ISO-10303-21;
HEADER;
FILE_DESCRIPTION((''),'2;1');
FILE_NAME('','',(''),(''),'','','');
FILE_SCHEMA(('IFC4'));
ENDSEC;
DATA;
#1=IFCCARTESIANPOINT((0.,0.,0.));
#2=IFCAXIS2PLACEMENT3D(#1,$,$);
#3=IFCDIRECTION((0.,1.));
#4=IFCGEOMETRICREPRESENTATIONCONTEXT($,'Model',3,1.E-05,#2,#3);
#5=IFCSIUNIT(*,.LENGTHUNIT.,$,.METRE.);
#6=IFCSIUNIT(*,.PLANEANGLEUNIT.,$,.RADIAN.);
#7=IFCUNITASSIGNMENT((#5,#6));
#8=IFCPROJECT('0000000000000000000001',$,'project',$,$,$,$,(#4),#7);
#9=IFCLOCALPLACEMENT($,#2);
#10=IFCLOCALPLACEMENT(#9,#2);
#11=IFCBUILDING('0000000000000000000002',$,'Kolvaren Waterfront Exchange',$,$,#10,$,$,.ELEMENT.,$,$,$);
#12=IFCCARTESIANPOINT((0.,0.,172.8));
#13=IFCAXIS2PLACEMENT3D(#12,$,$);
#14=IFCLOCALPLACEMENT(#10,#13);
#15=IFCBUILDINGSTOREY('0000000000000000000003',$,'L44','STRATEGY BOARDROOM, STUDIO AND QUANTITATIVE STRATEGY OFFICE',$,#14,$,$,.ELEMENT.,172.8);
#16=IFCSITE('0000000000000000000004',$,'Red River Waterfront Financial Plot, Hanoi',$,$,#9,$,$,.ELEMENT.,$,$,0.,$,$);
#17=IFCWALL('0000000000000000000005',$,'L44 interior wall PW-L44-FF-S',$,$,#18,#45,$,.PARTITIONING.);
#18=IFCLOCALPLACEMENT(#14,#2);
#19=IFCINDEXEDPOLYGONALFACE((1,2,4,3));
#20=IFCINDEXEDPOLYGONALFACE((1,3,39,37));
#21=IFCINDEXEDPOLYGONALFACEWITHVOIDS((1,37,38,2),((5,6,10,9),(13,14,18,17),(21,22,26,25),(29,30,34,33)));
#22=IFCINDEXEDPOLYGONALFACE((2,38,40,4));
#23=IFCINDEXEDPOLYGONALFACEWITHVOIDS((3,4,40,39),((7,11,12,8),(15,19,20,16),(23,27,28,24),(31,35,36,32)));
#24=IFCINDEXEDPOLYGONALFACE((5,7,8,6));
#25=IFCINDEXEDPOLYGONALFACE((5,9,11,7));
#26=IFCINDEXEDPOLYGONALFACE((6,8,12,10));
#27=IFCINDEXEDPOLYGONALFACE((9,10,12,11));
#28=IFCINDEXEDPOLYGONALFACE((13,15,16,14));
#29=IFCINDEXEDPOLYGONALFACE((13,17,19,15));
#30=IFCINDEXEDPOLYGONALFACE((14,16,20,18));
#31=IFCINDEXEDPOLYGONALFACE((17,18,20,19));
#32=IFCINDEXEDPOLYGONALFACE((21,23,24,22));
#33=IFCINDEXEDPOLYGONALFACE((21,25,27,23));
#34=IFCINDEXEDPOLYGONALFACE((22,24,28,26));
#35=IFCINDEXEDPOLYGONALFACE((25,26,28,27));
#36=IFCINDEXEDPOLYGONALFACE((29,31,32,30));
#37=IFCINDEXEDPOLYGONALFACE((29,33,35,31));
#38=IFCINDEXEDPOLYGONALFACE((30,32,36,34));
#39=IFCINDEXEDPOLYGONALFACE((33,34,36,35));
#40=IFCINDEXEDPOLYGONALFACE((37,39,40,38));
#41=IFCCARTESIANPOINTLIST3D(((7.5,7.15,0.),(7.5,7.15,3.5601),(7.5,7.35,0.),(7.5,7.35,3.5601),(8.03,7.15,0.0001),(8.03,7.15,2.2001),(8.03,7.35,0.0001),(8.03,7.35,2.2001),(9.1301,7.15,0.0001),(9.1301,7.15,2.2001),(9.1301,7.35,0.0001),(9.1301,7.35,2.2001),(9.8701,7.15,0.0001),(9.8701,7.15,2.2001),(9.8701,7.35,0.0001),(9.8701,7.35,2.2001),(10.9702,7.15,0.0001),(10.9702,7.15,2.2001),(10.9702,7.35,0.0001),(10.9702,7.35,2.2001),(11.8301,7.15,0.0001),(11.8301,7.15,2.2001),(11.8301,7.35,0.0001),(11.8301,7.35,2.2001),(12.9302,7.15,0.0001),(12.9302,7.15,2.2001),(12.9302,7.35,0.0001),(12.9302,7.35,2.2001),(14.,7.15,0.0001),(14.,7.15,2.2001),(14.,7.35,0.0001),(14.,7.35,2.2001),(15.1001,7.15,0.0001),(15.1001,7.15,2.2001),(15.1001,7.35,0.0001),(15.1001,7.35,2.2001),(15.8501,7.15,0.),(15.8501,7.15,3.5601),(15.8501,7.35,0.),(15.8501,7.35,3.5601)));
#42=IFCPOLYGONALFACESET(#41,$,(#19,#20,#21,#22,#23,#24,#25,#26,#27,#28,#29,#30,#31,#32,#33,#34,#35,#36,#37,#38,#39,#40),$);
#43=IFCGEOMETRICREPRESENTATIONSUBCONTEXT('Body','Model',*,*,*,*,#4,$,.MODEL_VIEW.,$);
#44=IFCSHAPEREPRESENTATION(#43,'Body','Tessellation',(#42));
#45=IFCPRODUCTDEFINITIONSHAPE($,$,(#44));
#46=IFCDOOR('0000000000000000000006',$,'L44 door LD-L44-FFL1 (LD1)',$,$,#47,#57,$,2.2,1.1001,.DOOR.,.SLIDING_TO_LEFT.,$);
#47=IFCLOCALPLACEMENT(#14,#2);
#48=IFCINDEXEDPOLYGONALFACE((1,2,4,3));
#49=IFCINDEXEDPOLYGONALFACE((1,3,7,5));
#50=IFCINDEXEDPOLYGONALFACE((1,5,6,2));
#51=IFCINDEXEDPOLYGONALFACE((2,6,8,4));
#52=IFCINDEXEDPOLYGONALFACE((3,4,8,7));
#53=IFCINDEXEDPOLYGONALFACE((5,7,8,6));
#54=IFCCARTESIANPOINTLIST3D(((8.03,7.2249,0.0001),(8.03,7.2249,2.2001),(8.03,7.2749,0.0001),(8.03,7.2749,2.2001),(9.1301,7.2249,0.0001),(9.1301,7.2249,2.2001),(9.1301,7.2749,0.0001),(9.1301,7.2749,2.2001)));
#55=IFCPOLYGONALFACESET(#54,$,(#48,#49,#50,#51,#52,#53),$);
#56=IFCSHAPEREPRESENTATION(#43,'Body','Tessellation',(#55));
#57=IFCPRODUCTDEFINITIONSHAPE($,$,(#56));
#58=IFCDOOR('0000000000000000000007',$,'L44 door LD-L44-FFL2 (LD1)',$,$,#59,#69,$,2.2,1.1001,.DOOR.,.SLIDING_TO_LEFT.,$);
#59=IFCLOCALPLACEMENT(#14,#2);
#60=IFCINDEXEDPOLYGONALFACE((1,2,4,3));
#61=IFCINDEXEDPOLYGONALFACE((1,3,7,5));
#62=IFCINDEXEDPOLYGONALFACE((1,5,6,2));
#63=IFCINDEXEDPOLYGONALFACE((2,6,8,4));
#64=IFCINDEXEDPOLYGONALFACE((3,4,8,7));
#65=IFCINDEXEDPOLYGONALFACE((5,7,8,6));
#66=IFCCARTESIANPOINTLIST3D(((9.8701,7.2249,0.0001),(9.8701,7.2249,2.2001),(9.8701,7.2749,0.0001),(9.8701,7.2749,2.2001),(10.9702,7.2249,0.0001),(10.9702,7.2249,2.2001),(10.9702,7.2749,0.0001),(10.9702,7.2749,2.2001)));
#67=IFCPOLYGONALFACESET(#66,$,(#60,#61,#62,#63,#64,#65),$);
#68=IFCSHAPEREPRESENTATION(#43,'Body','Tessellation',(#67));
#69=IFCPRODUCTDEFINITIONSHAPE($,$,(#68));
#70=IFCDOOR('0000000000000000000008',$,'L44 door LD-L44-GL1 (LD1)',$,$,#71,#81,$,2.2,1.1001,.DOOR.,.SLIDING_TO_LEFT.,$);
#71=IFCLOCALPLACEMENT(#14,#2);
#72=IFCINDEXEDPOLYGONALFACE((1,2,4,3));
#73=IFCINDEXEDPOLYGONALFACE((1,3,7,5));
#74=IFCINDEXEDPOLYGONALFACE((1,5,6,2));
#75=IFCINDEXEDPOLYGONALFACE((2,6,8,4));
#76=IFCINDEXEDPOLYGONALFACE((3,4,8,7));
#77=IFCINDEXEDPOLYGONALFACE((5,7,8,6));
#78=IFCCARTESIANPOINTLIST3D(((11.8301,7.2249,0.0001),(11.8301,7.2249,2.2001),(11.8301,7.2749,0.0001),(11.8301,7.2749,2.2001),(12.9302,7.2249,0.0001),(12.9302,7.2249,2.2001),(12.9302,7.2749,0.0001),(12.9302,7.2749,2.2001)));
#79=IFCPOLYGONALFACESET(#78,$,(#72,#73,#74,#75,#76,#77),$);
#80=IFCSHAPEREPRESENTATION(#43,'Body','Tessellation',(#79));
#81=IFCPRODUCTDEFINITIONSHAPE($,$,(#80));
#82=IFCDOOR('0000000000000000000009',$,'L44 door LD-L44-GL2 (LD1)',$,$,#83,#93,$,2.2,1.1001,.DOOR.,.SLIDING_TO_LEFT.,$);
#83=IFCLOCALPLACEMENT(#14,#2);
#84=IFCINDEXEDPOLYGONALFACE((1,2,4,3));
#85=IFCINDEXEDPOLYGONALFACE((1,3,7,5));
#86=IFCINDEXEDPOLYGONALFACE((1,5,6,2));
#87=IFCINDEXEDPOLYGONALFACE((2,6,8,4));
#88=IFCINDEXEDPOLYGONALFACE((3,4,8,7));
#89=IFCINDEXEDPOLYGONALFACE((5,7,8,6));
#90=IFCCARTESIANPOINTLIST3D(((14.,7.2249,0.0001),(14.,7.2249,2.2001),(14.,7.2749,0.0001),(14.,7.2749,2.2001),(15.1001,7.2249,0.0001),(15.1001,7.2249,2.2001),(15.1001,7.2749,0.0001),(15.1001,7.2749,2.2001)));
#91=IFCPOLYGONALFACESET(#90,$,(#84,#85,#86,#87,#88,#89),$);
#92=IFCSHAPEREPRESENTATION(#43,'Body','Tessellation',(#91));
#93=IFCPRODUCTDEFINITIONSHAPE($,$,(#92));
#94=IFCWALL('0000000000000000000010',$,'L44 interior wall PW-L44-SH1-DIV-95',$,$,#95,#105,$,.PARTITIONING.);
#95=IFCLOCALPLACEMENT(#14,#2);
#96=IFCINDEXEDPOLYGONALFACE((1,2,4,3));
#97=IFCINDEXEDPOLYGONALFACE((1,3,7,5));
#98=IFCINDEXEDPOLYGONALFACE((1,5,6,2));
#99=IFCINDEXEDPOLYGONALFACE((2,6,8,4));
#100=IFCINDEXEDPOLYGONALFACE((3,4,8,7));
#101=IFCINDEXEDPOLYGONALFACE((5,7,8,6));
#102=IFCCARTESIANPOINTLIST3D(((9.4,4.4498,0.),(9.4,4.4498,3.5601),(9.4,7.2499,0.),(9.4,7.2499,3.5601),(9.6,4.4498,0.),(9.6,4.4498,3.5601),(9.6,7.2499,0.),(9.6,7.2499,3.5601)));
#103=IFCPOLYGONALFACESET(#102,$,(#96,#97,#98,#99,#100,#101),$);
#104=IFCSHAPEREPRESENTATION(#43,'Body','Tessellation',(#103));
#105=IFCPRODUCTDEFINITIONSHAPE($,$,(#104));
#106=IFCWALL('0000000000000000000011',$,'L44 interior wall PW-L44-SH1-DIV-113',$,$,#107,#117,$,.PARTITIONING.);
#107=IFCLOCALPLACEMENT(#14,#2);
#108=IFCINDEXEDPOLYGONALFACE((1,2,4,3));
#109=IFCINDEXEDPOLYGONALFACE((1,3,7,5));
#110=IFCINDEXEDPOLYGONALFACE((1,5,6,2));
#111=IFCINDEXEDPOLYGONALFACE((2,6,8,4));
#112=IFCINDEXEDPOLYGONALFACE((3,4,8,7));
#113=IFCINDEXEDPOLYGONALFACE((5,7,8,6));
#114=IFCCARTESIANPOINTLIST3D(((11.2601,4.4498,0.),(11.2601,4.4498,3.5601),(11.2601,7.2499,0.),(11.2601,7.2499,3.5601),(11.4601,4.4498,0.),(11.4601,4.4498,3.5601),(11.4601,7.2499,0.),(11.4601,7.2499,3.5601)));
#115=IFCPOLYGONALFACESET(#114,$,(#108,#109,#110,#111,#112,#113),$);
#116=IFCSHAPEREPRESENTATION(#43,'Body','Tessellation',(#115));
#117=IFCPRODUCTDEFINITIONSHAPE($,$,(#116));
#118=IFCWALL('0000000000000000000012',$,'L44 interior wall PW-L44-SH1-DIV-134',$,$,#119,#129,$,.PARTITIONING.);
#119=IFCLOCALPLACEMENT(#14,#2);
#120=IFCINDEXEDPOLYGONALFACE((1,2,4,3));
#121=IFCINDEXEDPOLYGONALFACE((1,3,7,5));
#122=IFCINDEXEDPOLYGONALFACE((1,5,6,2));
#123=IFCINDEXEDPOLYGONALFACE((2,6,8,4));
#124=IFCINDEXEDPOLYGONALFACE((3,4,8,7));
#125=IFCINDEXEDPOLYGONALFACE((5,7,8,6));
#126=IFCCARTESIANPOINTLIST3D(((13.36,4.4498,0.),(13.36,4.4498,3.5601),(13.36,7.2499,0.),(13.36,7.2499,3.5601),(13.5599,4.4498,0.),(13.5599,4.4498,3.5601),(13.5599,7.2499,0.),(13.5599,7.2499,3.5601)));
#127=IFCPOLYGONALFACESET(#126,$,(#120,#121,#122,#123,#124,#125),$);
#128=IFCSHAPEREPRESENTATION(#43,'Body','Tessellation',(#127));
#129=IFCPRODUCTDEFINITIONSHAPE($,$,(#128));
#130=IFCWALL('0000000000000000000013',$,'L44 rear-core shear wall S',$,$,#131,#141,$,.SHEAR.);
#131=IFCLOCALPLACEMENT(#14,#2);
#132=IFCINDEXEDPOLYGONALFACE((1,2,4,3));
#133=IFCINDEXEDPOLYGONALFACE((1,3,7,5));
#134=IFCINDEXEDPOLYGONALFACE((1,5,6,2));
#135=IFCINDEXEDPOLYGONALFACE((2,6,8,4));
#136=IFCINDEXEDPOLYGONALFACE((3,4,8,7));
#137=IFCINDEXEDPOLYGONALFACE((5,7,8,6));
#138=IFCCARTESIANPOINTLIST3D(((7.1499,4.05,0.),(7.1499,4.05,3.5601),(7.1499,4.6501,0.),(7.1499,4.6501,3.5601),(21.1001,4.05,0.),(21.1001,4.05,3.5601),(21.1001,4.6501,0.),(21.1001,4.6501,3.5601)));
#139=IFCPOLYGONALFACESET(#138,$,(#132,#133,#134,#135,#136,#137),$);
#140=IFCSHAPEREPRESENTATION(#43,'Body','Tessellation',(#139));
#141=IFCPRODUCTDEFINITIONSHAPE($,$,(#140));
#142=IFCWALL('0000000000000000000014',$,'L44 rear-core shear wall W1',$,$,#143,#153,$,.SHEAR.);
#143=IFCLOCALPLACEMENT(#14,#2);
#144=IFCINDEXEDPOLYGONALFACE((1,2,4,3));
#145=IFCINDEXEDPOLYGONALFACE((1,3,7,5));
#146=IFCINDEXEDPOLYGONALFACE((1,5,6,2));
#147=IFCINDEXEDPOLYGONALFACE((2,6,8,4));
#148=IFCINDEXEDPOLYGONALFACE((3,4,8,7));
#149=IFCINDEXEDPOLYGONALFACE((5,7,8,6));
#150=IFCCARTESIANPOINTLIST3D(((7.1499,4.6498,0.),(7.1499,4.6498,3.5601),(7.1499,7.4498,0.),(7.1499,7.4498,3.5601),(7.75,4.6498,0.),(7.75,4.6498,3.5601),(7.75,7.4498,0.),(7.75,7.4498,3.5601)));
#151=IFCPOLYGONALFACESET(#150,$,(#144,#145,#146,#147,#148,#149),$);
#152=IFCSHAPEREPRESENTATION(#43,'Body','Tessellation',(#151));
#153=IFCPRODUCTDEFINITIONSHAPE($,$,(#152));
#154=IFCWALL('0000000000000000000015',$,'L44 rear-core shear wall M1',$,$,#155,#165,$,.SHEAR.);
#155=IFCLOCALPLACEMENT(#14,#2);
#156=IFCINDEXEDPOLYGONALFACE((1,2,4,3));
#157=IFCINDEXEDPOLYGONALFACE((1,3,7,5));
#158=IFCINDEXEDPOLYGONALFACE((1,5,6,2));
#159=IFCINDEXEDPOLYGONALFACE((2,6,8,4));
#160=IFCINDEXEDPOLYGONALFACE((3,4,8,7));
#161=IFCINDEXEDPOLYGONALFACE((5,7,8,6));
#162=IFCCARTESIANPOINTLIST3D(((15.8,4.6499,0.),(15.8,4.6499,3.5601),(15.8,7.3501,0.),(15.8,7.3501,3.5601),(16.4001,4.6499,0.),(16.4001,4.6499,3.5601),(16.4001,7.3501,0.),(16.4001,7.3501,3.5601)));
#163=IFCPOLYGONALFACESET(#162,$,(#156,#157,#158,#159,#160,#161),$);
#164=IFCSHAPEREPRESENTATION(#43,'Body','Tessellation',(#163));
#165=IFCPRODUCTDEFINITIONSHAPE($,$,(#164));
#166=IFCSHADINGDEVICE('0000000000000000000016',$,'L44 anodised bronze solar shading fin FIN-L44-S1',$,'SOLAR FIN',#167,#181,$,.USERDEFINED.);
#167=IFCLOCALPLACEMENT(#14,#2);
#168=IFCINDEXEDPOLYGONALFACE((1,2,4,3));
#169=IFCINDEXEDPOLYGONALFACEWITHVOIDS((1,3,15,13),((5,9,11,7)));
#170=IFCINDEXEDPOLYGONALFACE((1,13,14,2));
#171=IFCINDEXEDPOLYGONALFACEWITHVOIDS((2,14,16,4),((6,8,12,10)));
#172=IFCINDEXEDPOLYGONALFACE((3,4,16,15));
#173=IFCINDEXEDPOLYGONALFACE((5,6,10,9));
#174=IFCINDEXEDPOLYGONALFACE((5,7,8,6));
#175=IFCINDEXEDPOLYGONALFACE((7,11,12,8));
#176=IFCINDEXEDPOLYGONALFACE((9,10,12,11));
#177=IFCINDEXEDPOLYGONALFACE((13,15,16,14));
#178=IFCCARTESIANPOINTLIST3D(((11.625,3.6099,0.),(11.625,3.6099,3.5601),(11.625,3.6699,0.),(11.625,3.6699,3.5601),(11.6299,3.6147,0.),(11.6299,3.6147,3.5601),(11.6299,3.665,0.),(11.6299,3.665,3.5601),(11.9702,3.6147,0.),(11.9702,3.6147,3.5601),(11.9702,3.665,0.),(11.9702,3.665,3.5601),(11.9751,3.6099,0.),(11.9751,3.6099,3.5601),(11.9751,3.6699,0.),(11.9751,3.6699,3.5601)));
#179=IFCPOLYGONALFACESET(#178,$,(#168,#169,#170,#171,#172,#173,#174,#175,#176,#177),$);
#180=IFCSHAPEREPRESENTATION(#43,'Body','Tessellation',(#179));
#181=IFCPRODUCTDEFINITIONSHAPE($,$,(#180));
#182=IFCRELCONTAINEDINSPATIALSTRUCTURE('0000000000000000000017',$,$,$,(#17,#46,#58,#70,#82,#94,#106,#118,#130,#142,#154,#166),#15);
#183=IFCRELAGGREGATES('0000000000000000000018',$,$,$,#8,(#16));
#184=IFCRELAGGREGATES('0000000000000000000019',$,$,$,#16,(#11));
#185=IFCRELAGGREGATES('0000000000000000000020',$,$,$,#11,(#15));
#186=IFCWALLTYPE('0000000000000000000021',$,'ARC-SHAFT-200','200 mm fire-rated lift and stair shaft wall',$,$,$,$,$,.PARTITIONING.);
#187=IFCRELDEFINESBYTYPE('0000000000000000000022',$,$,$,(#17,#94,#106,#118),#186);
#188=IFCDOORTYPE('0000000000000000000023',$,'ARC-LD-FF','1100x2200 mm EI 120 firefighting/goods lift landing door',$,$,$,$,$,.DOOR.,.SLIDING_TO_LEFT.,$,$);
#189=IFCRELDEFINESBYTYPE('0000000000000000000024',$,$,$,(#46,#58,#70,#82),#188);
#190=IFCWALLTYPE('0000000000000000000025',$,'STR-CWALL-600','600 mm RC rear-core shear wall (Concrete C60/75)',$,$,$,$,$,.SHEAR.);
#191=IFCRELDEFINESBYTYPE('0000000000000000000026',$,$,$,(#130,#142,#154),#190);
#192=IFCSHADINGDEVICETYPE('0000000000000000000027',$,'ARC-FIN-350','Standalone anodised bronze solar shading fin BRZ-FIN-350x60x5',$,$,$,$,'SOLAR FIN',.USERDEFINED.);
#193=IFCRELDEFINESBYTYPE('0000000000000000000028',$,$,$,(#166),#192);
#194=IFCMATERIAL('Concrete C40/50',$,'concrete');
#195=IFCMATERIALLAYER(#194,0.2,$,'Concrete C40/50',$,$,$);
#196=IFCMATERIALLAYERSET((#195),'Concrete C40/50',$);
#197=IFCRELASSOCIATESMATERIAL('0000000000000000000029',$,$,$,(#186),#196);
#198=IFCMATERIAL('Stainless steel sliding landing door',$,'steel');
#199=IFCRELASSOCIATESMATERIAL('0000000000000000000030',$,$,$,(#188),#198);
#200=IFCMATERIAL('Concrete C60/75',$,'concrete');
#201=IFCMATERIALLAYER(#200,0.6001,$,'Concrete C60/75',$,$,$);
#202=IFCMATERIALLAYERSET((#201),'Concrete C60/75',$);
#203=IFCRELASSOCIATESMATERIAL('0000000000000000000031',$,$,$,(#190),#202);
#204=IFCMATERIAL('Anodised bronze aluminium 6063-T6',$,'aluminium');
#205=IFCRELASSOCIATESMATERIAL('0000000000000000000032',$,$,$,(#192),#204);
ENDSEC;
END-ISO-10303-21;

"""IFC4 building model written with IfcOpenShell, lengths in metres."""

from ifc_helpers import new_model, si_unit, direction, frame, frame_2d, origin, origin_2d, place, context, subcontext, project, spatial, rectangle, hollow_rectangle, extrude, material, layer, layer_set, material_profile, profile_set, type_object, element, fill, save


model = new_model("IFC4")

# Units and contexts
model_context = context("Model", 3, precision=1e-05, world=origin(), true_north=direction((0.0, 1.0)))
body_context = subcontext(model_context, "Body", "Model", "MODEL_VIEW")
ifc_project = project(units=[si_unit("LENGTHUNIT", "METRE"), si_unit("PLANEANGLEUNIT", "RADIAN")], contexts=[model_context])

# Site, building, storey
site_placement = place(None, origin())
site = spatial("IfcSite", under=ifc_project, at=site_placement, Name="Red River Waterfront Financial Plot, Hanoi", CompositionType="ELEMENT", RefElevation=0.0)
building_placement = place(site_placement, origin())
building = spatial("IfcBuilding", under=site, at=building_placement, Name="Kolvaren Waterfront Exchange", CompositionType="ELEMENT")
storey_placement = place(building_placement, frame((0.0, 0.0, 172.8)))
storey = spatial("IfcBuildingStorey", under=building, at=storey_placement, Name="L44", Description="STRATEGY BOARDROOM, STUDIO AND QUANTITATIVE STRATEGY OFFICE", CompositionType="ELEMENT", Elevation=172.8)

# Shared definitions
ifc_material_1 = material(Name="Concrete C60/75", Category="concrete")

# Shared definitions
ifc_material_2 = material(Name="Anodised bronze aluminium 6063-T6", Category="aluminium")

# Shared definitions
ifc_material_3 = material(Name="Concrete C40/50", Category="concrete")
ifc_layer_1 = layer(ifc_material_3, 0.2, Name="Concrete C40/50")
ifc_layer_set_1 = layer_set([ifc_layer_1], Name="Concrete C40/50")
wall_type_1 = type_object("IfcWallType", Name="ARC-SHAFT-200", Description="200 mm fire-rated lift and stair shaft wall", PredefinedType="PARTITIONING", material=ifc_layer_set_1)

# Wall, openings, doors
wall_1_placement = place(storey_placement, frame((7.5, 7.25, 0.0), z_axis=(0.0, 0.0, 1.0), x_axis=(1.0, 0.0, 0.0)))
wall_1 = element("IfcWall", 1, at=wall_1_placement, inside=storey, type_object=wall_type_1, Name="L44 interior wall PW-L44-FF-S", PredefinedType="PARTITIONING", context=body_context, shape_type="SweptSolid", body=[
    extrude(rectangle(XDim=8.3501, YDim=0.2, at=frame_2d((4.175, 0.0))), origin(), (0.0, 0.0, 1.0), 3.5601),
])
opening_1_placement = place(wall_1_placement, frame((0.53, 0.0, 0.0)))
opening_1 = element("IfcOpeningElement", 2, at=opening_1_placement, cuts=wall_1, PredefinedType="OPENING", context=body_context, shape_type="SweptSolid", body=[
    extrude(rectangle(XDim=1.1001, YDim=2.2, at=frame_2d((0.55, 1.1001))), frame((0.0, 0.1099, 0.0), z_axis=(0.0, -1.0, 0.0), x_axis=(1.0, 0.0, 0.0)), (0.0, 0.0, 1.0), 0.22),
])
opening_2_placement = place(wall_1_placement, frame((2.3701, 0.0, 0.0)))
opening_2 = element("IfcOpeningElement", 3, at=opening_2_placement, cuts=wall_1, PredefinedType="OPENING", context=body_context, shape_type="SweptSolid", body=[
    extrude(rectangle(XDim=1.1001, YDim=2.2, at=frame_2d((0.55, 1.1001))), frame((0.0, 0.1099, 0.0), z_axis=(0.0, -1.0, 0.0), x_axis=(1.0, 0.0, 0.0)), (0.0, 0.0, 1.0), 0.22),
])
opening_3_placement = place(wall_1_placement, frame((4.3301, 0.0, 0.0)))
opening_3 = element("IfcOpeningElement", 4, at=opening_3_placement, cuts=wall_1, PredefinedType="OPENING", context=body_context, shape_type="SweptSolid", body=[
    extrude(rectangle(XDim=1.1001, YDim=2.2, at=frame_2d((0.55, 1.1001))), frame((0.0, 0.1099, 0.0), z_axis=(0.0, -1.0, 0.0), x_axis=(1.0, 0.0, 0.0)), (0.0, 0.0, 1.0), 0.22),
])
opening_4_placement = place(wall_1_placement, frame((6.5, 0.0, 0.0)))
opening_4 = element("IfcOpeningElement", 5, at=opening_4_placement, cuts=wall_1, PredefinedType="OPENING", context=body_context, shape_type="SweptSolid", body=[
    extrude(rectangle(XDim=1.1001, YDim=2.2, at=frame_2d((0.55, 1.1001))), frame((0.0, 0.1099, 0.0), z_axis=(0.0, -1.0, 0.0), x_axis=(1.0, 0.0, 0.0)), (0.0, 0.0, 1.0), 0.22),
])
ifc_material_4 = material(Name="Stainless steel sliding landing door", Category="steel")
door_type_1 = type_object("IfcDoorType", Name="ARC-LD-FF", Description="1100x2200 mm EI 120 firefighting/goods lift landing door", OperationType="SLIDING_TO_LEFT", PredefinedType="DOOR", material=ifc_material_4)
door_1_placement = place(opening_1_placement, origin())
door_1 = element("IfcDoor", 6, at=door_1_placement, inside=storey, type_object=door_type_1, Name="L44 door LD-L44-FFL1 (LD1)", OperationType="SLIDING_TO_LEFT", OverallHeight=2.2, OverallWidth=1.1001, PredefinedType="DOOR", context=body_context, shape_type="SweptSolid", body=[
    extrude(rectangle(XDim=1.1001, YDim=2.2, at=frame_2d((0.55, 1.1001))), frame((0.0, 0.0249, 0.0), z_axis=(0.0, -1.0, 0.0), x_axis=(1.0, 0.0, 0.0)), (0.0, 0.0, 1.0), 0.05),
])
fill(opening_1, door_1)
door_2_placement = place(opening_2_placement, origin())
door_2 = element("IfcDoor", 7, at=door_2_placement, inside=storey, type_object=door_type_1, Name="L44 door LD-L44-FFL2 (LD1)", OperationType="SLIDING_TO_LEFT", OverallHeight=2.2, OverallWidth=1.1001, PredefinedType="DOOR", context=body_context, shape_type="SweptSolid", body=[
    extrude(rectangle(XDim=1.1001, YDim=2.2, at=frame_2d((0.55, 1.1001))), frame((0.0, 0.0249, 0.0), z_axis=(0.0, -1.0, 0.0), x_axis=(1.0, 0.0, 0.0)), (0.0, 0.0, 1.0), 0.05),
])
fill(opening_2, door_2)
door_3_placement = place(opening_3_placement, origin())
door_3 = element("IfcDoor", 8, at=door_3_placement, inside=storey, type_object=door_type_1, Name="L44 door LD-L44-GL1 (LD1)", OperationType="SLIDING_TO_LEFT", OverallHeight=2.2, OverallWidth=1.1001, PredefinedType="DOOR", context=body_context, shape_type="SweptSolid", body=[
    extrude(rectangle(XDim=1.1001, YDim=2.2, at=frame_2d((0.55, 1.1001))), frame((0.0, 0.0249, 0.0), z_axis=(0.0, -1.0, 0.0), x_axis=(1.0, 0.0, 0.0)), (0.0, 0.0, 1.0), 0.05),
])
fill(opening_3, door_3)
door_4_placement = place(opening_4_placement, origin())
door_4 = element("IfcDoor", 9, at=door_4_placement, inside=storey, type_object=door_type_1, Name="L44 door LD-L44-GL2 (LD1)", OperationType="SLIDING_TO_LEFT", OverallHeight=2.2, OverallWidth=1.1001, PredefinedType="DOOR", context=body_context, shape_type="SweptSolid", body=[
    extrude(rectangle(XDim=1.1001, YDim=2.2, at=frame_2d((0.55, 1.1001))), frame((0.0, 0.0249, 0.0), z_axis=(0.0, -1.0, 0.0), x_axis=(1.0, 0.0, 0.0)), (0.0, 0.0, 1.0), 0.05),
])
fill(opening_4, door_4)

# Walls
for number, where, z_axis, x_axis, name in (
    (10, (9.5, 4.45, 0.0), (0.0, 0.0, 1.0), (0.0, 1.0, 0.0), "L44 interior wall PW-L44-SH1-DIV-95"),
    (11, (11.3601, 4.45, 0.0), (0.0, 0.0, 1.0), (0.0, 1.0, 0.0), "L44 interior wall PW-L44-SH1-DIV-113"),
    (12, (13.46, 4.45, 0.0), (0.0, 0.0, 1.0), (0.0, 1.0, 0.0), "L44 interior wall PW-L44-SH1-DIV-134"),
):
    element("IfcWall", number, at=place(storey_placement, frame(where, z_axis=z_axis, x_axis=x_axis)), inside=storey, type_object=wall_type_1, Name=name, PredefinedType="PARTITIONING", context=body_context, shape_type="SweptSolid", body=[
        extrude(rectangle(XDim=2.8, YDim=0.2, at=frame_2d((1.3999, 0.0))), origin(), (0.0, 0.0, 1.0), 3.5601),
    ])
ifc_layer_2 = layer(ifc_material_1, 0.6001, Name="Concrete C60/75")
ifc_layer_set_2 = layer_set([ifc_layer_2], Name="Concrete C60/75")
wall_type_2 = type_object("IfcWallType", Name="STR-CWALL-600", Description="600 mm RC rear-core shear wall (Concrete C60/75)", PredefinedType="SHEAR", material=ifc_layer_set_2)
wall_2_placement = place(storey_placement, frame((7.1499, 4.3501, 0.0), z_axis=(0.0, 0.0, 1.0), x_axis=(1.0, 0.0, 0.0)))
element("IfcWall", 13, at=wall_2_placement, inside=storey, type_object=wall_type_2, Name="L44 rear-core shear wall S", PredefinedType="SHEAR", context=body_context, shape_type="SweptSolid", body=[
    extrude(rectangle(XDim=13.9502, YDim=0.6001, at=frame_2d((6.9751, 0.0))), origin(), (0.0, 0.0, 1.0), 3.5601),
])
wall_3_placement = place(storey_placement, frame((7.45, 4.6499, 0.0), z_axis=(0.0, 0.0, 1.0), x_axis=(0.0, 1.0, 0.0)))
element("IfcWall", 14, at=wall_3_placement, inside=storey, type_object=wall_type_2, Name="L44 rear-core shear wall W1", PredefinedType="SHEAR", context=body_context, shape_type="SweptSolid", body=[
    extrude(rectangle(XDim=2.8, YDim=0.6001, at=frame_2d((1.3999, 0.0))), origin(), (0.0, 0.0, 1.0), 3.5601),
])
wall_4_placement = place(storey_placement, frame((16.1001, 4.6499, 0.0), z_axis=(0.0, 0.0, 1.0), x_axis=(0.0, 1.0, 0.0)))
element("IfcWall", 15, at=wall_4_placement, inside=storey, type_object=wall_type_2, Name="L44 rear-core shear wall M1", PredefinedType="SHEAR", context=body_context, shape_type="SweptSolid", body=[
    extrude(rectangle(XDim=2.7002, YDim=0.6001, at=frame_2d((1.3501, 0.0))), origin(), (0.0, 0.0, 1.0), 3.5601),
])

# Shading device
ifc_material_profile_1 = material_profile(ifc_material_2, hollow_rectangle(XDim=0.0601, YDim=0.3501, WallThickness=0.0049, at=origin_2d()), Name="BRZ-FIN-350x60x5")
ifc_profile_set_1 = profile_set([ifc_material_profile_1], Name="Anodised bronze aluminium 6063-T6")
shading_device_type = type_object("IfcShadingDeviceType", Name="ARC-FIN-350", Description="Standalone anodised bronze solar shading fin BRZ-FIN-350x60x5", ElementType="SOLAR FIN", PredefinedType="USERDEFINED", material=ifc_profile_set_1)
shading_device_placement = place(storey_placement, frame((11.8, 3.6399, 0.0), z_axis=(0.0, 0.0, 1.0), x_axis=(0.0, -1.0, 0.0)))
element("IfcShadingDevice", 16, at=shading_device_placement, inside=storey, type_object=shading_device_type, Name="L44 anodised bronze solar shading fin FIN-L44-S1", ObjectType="SOLAR FIN", PredefinedType="USERDEFINED", context=body_context, shape_type="SweptSolid", body=[
    extrude(hollow_rectangle(XDim=0.0601, YDim=0.3501, WallThickness=0.0049, at=origin_2d()), origin(), (0.0, 0.0, 1.0), 3.5601),
])

save(model, "model.ifc")
